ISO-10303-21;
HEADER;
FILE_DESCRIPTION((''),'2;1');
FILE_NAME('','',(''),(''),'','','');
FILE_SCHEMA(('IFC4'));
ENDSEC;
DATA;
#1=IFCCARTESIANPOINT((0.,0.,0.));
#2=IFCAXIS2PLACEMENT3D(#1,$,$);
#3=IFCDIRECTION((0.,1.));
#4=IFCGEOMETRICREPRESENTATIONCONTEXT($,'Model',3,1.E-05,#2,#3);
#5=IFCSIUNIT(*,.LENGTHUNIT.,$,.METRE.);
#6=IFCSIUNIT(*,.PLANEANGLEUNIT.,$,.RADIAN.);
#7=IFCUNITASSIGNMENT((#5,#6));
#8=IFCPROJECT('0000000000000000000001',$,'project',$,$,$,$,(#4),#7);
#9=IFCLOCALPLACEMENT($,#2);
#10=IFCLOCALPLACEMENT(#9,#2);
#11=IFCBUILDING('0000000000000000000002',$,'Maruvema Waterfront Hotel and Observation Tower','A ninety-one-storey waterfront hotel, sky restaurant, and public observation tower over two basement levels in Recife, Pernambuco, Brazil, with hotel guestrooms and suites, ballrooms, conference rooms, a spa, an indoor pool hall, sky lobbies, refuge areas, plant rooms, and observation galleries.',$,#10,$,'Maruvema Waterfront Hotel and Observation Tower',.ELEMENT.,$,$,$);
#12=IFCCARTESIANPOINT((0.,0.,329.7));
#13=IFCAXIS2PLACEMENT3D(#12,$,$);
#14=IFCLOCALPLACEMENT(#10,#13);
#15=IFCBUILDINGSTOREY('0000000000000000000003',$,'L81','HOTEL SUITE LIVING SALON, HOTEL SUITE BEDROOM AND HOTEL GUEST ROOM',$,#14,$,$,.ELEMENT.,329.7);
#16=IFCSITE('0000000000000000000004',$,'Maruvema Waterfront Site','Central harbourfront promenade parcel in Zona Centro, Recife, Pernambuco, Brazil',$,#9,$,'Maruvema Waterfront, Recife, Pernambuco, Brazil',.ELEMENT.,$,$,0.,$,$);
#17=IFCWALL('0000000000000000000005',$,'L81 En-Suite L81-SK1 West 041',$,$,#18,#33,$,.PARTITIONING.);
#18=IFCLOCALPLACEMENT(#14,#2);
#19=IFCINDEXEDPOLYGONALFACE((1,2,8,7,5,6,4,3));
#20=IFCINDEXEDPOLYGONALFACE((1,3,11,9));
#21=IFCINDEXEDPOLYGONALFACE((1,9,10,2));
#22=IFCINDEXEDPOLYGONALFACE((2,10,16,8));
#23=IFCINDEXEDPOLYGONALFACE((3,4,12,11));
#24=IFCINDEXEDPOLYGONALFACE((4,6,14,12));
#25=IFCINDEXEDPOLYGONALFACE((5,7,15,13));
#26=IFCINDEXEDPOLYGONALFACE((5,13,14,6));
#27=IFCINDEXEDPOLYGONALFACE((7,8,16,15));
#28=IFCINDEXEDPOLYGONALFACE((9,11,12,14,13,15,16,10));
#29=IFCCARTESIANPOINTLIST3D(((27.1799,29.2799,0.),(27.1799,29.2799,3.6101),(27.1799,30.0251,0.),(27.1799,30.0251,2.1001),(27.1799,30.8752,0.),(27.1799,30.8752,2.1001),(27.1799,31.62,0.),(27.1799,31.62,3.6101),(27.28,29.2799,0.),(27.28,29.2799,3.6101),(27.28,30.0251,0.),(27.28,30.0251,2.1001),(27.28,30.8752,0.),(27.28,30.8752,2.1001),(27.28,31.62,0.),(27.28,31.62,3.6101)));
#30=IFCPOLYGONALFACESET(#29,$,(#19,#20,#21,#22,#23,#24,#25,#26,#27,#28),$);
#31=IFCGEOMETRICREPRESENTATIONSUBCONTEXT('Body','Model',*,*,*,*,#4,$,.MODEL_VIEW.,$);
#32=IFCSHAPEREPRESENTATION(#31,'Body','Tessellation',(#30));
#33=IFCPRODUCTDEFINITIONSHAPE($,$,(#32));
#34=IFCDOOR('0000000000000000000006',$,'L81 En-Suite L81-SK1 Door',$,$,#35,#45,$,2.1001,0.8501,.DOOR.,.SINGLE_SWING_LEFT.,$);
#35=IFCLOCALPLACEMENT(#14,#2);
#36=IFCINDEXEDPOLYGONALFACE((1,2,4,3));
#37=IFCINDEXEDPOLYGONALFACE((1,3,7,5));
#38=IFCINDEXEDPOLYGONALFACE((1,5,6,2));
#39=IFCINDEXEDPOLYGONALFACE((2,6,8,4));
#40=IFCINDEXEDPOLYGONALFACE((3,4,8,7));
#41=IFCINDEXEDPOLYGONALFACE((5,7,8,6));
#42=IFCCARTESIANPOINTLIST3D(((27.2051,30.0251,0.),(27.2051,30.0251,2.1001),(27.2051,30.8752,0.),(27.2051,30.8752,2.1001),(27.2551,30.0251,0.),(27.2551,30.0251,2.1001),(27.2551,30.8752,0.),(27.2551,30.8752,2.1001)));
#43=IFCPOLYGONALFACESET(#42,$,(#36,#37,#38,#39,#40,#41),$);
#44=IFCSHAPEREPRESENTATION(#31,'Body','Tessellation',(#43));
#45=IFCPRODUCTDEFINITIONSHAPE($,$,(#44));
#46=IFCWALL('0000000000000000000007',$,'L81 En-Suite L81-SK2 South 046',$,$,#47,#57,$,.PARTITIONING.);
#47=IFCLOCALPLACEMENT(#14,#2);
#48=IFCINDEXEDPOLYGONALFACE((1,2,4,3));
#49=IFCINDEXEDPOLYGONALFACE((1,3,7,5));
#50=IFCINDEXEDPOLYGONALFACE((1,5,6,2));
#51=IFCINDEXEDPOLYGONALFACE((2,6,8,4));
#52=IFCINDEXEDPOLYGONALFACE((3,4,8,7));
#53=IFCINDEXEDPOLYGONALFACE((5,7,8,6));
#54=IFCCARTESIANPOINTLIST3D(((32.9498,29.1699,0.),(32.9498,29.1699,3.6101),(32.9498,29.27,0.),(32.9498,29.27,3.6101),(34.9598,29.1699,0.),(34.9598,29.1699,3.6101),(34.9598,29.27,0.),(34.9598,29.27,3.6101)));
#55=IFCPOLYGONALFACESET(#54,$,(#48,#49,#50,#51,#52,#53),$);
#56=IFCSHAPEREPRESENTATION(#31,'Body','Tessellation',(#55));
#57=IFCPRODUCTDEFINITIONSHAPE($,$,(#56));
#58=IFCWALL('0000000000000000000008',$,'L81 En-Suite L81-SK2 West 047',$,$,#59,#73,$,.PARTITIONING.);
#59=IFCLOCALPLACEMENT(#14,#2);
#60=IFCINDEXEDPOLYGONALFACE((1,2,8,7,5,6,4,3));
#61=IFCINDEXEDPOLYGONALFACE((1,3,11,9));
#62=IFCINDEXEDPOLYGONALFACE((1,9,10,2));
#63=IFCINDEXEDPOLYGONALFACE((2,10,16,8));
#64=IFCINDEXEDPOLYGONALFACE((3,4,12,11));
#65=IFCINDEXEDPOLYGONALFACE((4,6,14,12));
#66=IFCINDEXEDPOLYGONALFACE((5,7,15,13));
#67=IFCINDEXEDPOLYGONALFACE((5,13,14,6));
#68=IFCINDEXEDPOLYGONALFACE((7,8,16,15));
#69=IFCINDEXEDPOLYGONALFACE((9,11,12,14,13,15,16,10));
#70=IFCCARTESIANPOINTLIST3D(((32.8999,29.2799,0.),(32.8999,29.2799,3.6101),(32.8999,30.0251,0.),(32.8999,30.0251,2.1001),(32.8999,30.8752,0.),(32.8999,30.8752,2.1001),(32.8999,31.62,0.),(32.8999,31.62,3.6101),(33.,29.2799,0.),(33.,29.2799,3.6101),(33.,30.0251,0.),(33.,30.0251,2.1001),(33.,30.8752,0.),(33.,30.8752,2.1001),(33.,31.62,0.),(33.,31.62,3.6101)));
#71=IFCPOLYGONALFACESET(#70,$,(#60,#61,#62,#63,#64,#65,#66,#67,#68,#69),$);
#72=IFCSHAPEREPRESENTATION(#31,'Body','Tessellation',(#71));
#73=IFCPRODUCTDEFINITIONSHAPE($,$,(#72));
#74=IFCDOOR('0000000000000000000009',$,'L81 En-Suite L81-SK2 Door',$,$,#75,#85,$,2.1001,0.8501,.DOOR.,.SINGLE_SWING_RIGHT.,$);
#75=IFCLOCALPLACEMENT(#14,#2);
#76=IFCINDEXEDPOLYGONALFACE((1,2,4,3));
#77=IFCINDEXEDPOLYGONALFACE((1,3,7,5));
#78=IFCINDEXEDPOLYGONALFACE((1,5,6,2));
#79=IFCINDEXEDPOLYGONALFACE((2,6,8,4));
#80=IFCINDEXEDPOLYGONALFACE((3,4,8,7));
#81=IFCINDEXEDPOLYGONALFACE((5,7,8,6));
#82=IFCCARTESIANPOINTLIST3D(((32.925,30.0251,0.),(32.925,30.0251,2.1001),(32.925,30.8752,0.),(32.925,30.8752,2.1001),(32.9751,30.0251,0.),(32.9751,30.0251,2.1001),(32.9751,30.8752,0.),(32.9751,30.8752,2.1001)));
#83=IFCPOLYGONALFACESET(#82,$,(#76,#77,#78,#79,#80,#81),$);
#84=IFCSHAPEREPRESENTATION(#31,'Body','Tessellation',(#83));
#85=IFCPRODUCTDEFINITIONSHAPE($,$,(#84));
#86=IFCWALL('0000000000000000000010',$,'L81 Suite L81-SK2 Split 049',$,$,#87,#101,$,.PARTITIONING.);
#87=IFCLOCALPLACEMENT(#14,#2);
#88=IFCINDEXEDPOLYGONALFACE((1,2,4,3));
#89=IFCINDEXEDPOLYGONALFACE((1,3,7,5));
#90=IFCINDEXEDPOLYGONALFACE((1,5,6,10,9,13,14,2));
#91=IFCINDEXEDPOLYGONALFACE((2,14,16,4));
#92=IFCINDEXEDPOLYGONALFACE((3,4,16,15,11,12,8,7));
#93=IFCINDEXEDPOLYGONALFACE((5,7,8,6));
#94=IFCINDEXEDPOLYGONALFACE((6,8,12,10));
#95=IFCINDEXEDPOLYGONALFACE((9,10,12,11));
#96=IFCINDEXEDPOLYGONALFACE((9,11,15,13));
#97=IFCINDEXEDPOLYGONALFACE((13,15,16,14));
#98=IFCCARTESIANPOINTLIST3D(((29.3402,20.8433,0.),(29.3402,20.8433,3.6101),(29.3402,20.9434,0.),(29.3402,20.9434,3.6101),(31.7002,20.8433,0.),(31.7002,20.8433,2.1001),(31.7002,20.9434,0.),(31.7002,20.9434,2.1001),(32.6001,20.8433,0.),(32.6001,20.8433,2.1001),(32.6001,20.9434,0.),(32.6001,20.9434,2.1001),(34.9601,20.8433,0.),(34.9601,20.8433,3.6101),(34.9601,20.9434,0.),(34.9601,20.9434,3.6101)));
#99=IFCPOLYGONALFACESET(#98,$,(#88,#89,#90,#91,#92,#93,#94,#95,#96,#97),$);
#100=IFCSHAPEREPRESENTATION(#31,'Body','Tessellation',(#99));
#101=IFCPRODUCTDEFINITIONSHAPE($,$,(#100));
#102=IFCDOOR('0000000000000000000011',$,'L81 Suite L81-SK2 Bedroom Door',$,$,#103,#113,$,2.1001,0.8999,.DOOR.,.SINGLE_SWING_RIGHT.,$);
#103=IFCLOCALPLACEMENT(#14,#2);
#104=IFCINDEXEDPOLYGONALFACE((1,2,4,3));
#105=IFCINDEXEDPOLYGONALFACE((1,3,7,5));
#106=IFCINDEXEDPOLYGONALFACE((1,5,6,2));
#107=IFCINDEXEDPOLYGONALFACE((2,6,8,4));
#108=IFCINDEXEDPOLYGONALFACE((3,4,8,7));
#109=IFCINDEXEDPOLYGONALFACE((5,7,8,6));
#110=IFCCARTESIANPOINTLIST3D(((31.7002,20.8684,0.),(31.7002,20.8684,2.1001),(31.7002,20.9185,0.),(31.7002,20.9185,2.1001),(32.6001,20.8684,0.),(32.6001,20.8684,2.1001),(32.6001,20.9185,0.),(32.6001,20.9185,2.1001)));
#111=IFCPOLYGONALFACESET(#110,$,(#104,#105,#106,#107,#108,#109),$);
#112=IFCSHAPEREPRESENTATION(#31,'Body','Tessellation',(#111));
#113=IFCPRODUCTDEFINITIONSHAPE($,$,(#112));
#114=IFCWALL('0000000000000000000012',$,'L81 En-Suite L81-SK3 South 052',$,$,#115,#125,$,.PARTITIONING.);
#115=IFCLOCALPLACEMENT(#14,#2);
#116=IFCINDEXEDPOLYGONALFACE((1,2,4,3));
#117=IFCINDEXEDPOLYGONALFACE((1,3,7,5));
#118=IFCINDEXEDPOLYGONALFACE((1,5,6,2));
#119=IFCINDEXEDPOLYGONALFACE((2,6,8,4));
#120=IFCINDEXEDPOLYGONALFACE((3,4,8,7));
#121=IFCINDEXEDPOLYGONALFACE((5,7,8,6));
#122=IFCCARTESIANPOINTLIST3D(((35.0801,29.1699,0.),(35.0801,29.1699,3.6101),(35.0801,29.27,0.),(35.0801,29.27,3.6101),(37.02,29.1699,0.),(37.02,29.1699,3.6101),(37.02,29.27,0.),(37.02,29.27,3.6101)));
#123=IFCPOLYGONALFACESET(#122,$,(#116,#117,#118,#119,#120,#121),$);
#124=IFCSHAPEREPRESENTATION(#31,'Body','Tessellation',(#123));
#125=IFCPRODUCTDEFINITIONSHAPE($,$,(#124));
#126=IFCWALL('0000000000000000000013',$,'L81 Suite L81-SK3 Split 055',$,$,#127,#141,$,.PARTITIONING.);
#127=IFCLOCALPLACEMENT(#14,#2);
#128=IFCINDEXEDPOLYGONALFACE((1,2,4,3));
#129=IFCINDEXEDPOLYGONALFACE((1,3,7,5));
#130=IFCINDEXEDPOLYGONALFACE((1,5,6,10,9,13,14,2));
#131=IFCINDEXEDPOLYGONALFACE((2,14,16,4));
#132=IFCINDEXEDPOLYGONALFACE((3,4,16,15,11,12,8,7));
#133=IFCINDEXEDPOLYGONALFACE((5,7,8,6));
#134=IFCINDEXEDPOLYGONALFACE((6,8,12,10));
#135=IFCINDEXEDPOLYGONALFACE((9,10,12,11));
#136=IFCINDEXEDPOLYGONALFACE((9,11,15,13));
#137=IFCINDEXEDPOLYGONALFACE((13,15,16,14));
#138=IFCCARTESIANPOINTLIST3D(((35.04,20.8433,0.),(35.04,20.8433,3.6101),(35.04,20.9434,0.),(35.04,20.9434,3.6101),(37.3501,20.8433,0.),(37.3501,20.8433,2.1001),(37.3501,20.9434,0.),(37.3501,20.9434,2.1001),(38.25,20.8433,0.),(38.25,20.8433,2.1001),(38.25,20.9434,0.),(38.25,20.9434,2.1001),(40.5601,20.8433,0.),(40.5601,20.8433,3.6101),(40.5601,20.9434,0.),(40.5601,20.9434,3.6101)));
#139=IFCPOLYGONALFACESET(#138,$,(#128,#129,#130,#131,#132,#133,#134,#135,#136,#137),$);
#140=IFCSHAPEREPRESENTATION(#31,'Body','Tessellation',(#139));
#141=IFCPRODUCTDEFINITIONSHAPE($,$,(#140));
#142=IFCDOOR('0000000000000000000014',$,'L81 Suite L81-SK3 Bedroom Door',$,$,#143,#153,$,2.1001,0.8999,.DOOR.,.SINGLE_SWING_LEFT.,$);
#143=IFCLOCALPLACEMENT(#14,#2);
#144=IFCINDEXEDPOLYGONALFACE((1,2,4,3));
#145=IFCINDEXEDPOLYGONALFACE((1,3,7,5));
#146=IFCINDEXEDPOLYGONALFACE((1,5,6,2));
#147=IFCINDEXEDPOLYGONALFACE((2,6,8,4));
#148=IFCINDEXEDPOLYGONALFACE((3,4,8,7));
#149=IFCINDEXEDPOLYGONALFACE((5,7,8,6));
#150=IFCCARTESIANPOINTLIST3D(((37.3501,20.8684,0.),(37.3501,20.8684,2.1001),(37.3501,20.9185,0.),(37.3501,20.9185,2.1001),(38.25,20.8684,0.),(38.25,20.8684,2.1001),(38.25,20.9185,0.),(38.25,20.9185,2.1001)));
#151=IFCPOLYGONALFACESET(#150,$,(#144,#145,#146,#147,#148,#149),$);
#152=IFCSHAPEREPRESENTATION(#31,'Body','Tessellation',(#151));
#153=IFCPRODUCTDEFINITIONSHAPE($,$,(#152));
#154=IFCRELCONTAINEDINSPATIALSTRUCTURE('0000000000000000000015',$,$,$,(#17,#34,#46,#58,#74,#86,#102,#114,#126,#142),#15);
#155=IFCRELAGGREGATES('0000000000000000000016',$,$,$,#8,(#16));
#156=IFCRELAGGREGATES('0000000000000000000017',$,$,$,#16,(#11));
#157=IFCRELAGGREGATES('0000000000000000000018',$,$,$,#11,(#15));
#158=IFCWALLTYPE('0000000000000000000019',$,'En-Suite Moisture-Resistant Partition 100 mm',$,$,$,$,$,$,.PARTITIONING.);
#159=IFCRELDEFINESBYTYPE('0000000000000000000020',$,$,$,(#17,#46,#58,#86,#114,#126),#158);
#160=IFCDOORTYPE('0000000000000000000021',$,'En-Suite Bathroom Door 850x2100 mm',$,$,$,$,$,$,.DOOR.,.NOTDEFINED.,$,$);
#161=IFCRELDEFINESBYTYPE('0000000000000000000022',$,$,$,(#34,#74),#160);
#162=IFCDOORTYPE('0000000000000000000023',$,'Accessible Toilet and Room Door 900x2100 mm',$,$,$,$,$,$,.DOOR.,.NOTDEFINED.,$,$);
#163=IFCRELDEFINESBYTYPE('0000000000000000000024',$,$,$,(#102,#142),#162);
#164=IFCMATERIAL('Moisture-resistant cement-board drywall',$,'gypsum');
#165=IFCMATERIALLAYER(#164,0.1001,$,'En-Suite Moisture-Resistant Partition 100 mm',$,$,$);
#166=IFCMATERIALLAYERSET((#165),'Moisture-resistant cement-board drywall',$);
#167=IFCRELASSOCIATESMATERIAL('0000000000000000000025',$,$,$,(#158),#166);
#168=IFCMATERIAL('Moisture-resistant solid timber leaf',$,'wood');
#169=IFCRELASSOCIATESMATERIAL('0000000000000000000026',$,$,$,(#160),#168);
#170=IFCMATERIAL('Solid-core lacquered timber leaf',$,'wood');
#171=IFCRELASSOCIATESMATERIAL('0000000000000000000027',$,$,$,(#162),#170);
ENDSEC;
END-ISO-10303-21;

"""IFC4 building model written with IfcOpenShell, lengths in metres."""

from ifc_helpers import new_model, si_unit, direction, frame, frame_2d, origin, place, context, subcontext, project, spatial, rectangle, extrude, material, layer, layer_set, type_object, element, fill, save


model = new_model("IFC4")

# Units and contexts
model_context = context("Model", 3, precision=1e-05, world=origin(), true_north=direction((0.0, 1.0)))
body_context = subcontext(model_context, "Body", "Model", "MODEL_VIEW")
ifc_project = project(units=[si_unit("LENGTHUNIT", "METRE"), si_unit("PLANEANGLEUNIT", "RADIAN")], contexts=[model_context])

# Site, building, storey
site_placement = place(None, origin())
site = spatial("IfcSite", under=ifc_project, at=site_placement, Name="Maruvema Waterfront Site", Description="Central harbourfront promenade parcel in Zona Centro, Recife, Pernambuco, Brazil", LongName="Maruvema Waterfront, Recife, Pernambuco, Brazil", CompositionType="ELEMENT", RefElevation=0.0)
building_placement = place(site_placement, origin())
building = spatial("IfcBuilding", under=site, at=building_placement, Name="Maruvema Waterfront Hotel and Observation Tower", Description="A ninety-one-storey waterfront hotel, sky restaurant, and public observation tower over two basement levels in Recife, Pernambuco, Brazil, with hotel guestrooms and suites, ballrooms, conference rooms, a spa, an indoor pool hall, sky lobbies, refuge areas, plant rooms, and observation galleries.", LongName="Maruvema Waterfront Hotel and Observation Tower", CompositionType="ELEMENT")
storey_placement = place(building_placement, frame((0.0, 0.0, 329.7)))
storey = spatial("IfcBuildingStorey", under=building, at=storey_placement, Name="L81", Description="HOTEL SUITE LIVING SALON, HOTEL SUITE BEDROOM AND HOTEL GUEST ROOM", CompositionType="ELEMENT", Elevation=329.7)

# Shared definitions
ifc_material_1 = material(Name="Moisture-resistant cement-board drywall", Category="gypsum")
ifc_layer_1 = layer(ifc_material_1, 0.1001, Name="En-Suite Moisture-Resistant Partition 100 mm")
ifc_layer_set_1 = layer_set([ifc_layer_1], Name="Moisture-resistant cement-board drywall")
wall_type_1 = type_object("IfcWallType", Name="En-Suite Moisture-Resistant Partition 100 mm", PredefinedType="PARTITIONING", material=ifc_layer_set_1)

# Wall, opening, door
wall_1_placement = place(storey_placement, frame((27.23, 29.28, 0.0), z_axis=(0.0, 0.0, 1.0), x_axis=(0.0, 1.0, 0.0)))
wall_1 = element("IfcWall", 1, at=wall_1_placement, inside=storey, type_object=wall_type_1, Name="L81 En-Suite L81-SK1 West 041", PredefinedType="PARTITIONING", context=body_context, shape_type="SweptSolid", body=[
    extrude(rectangle(XDim=2.3401, YDim=0.1001, at=frame_2d((1.1699, 0.0))), origin(), (0.0, 0.0, 1.0), 3.6101),
])
opening_1_placement = place(wall_1_placement, frame((0.7451, 0.0, 0.0)))
opening_1 = element("IfcOpeningElement", 2, at=opening_1_placement, cuts=wall_1, PredefinedType="OPENING", context=body_context, shape_type="SweptSolid", body=[
    extrude(rectangle(XDim=0.8501, YDim=2.1001, at=frame_2d((0.425, 1.05))), frame((0.0, 0.0601, 0.0), z_axis=(0.0, -1.0, 0.0), x_axis=(1.0, 0.0, 0.0)), (0.0, 0.0, 1.0), 0.1201),
])
ifc_material_2 = material(Name="Moisture-resistant solid timber leaf", Category="wood")
door_type_1 = type_object("IfcDoorType", Name="En-Suite Bathroom Door 850x2100 mm", OperationType="NOTDEFINED", PredefinedType="DOOR", material=ifc_material_2)
door_1_placement = place(opening_1_placement, origin())
door_1 = element("IfcDoor", 3, at=door_1_placement, inside=storey, type_object=door_type_1, Name="L81 En-Suite L81-SK1 Door", OperationType="SINGLE_SWING_LEFT", OverallHeight=2.1001, OverallWidth=0.8501, PredefinedType="DOOR", context=body_context, shape_type="SweptSolid", body=[
    extrude(rectangle(XDim=0.8501, YDim=2.1001, at=frame_2d((0.425, 1.05))), frame((0.0, 0.0249, 0.0), z_axis=(0.0, -1.0, 0.0), x_axis=(1.0, 0.0, 0.0)), (0.0, 0.0, 1.0), 0.05),
])
fill(opening_1, door_1)

# Wall
wall_2_placement = place(storey_placement, frame((32.95, 29.22, 0.0), z_axis=(0.0, 0.0, 1.0), x_axis=(1.0, 0.0, 0.0)))
element("IfcWall", 4, at=wall_2_placement, inside=storey, type_object=wall_type_1, Name="L81 En-Suite L81-SK2 South 046", PredefinedType="PARTITIONING", context=body_context, shape_type="SweptSolid", body=[
    extrude(rectangle(XDim=2.01, YDim=0.1001, at=frame_2d((1.0049, 0.0))), origin(), (0.0, 0.0, 1.0), 3.6101),
])

# Walls, openings, doors
wall_3_placement = place(storey_placement, frame((32.95, 29.28, 0.0), z_axis=(0.0, 0.0, 1.0), x_axis=(0.0, 1.0, 0.0)))
wall_3 = element("IfcWall", 5, at=wall_3_placement, inside=storey, type_object=wall_type_1, Name="L81 En-Suite L81-SK2 West 047", PredefinedType="PARTITIONING", context=body_context, shape_type="SweptSolid", body=[
    extrude(rectangle(XDim=2.3401, YDim=0.1001, at=frame_2d((1.1699, 0.0))), origin(), (0.0, 0.0, 1.0), 3.6101),
])
opening_2_placement = place(wall_3_placement, frame((0.7451, 0.0, 0.0)))
opening_2 = element("IfcOpeningElement", 6, at=opening_2_placement, cuts=wall_3, PredefinedType="OPENING", context=body_context, shape_type="SweptSolid", body=[
    extrude(rectangle(XDim=0.8501, YDim=2.1001, at=frame_2d((0.425, 1.05))), frame((0.0, 0.0601, 0.0), z_axis=(0.0, -1.0, 0.0), x_axis=(1.0, 0.0, 0.0)), (0.0, 0.0, 1.0), 0.1201),
])
door_2_placement = place(opening_2_placement, origin())
door_2 = element("IfcDoor", 7, at=door_2_placement, inside=storey, type_object=door_type_1, Name="L81 En-Suite L81-SK2 Door", OperationType="SINGLE_SWING_RIGHT", OverallHeight=2.1001, OverallWidth=0.8501, PredefinedType="DOOR", context=body_context, shape_type="SweptSolid", body=[
    extrude(rectangle(XDim=0.8501, YDim=2.1001, at=frame_2d((0.425, 1.05))), frame((0.0, 0.0249, 0.0), z_axis=(0.0, -1.0, 0.0), x_axis=(1.0, 0.0, 0.0)), (0.0, 0.0, 1.0), 0.05),
])
fill(opening_2, door_2)
wall_4_placement = place(storey_placement, frame((29.3401, 20.8933, 0.0), z_axis=(0.0, 0.0, 1.0), x_axis=(1.0, 0.0, 0.0)))
wall_4 = element("IfcWall", 8, at=wall_4_placement, inside=storey, type_object=wall_type_1, Name="L81 Suite L81-SK2 Split 049", PredefinedType="PARTITIONING", context=body_context, shape_type="SweptSolid", body=[
    extrude(rectangle(XDim=5.6199, YDim=0.1001, at=frame_2d((2.8101, 0.0))), origin(), (0.0, 0.0, 1.0), 3.6101),
])
opening_3_placement = place(wall_4_placement, frame((2.3601, 0.0, 0.0)))
opening_3 = element("IfcOpeningElement", 9, at=opening_3_placement, cuts=wall_4, PredefinedType="OPENING", context=body_context, shape_type="SweptSolid", body=[
    extrude(rectangle(XDim=0.8999, YDim=2.1001, at=frame_2d((0.45, 1.05))), frame((0.0, 0.0601, 0.0), z_axis=(0.0, -1.0, 0.0), x_axis=(1.0, 0.0, 0.0)), (0.0, 0.0, 1.0), 0.1201),
])
ifc_material_3 = material(Name="Solid-core lacquered timber leaf", Category="wood")
door_type_2 = type_object("IfcDoorType", Name="Accessible Toilet and Room Door 900x2100 mm", OperationType="NOTDEFINED", PredefinedType="DOOR", material=ifc_material_3)
door_3_placement = place(opening_3_placement, frame((0.8999, 0.0, 0.0), z_axis=(0.0, 0.0, 1.0), x_axis=(-1.0, 0.0, 0.0)))
door_3 = element("IfcDoor", 10, at=door_3_placement, inside=storey, type_object=door_type_2, Name="L81 Suite L81-SK2 Bedroom Door", OperationType="SINGLE_SWING_RIGHT", OverallHeight=2.1001, OverallWidth=0.8999, PredefinedType="DOOR", context=body_context, shape_type="SweptSolid", body=[
    extrude(rectangle(XDim=0.8999, YDim=2.1001, at=frame_2d((0.45, 1.05))), frame((0.0, 0.0249, 0.0), z_axis=(0.0, -1.0, 0.0), x_axis=(1.0, 0.0, 0.0)), (0.0, 0.0, 1.0), 0.05),
])
fill(opening_3, door_3)

# Wall
wall_5_placement = place(storey_placement, frame((35.0801, 29.22, 0.0), z_axis=(0.0, 0.0, 1.0), x_axis=(1.0, 0.0, 0.0)))
element("IfcWall", 11, at=wall_5_placement, inside=storey, type_object=wall_type_1, Name="L81 En-Suite L81-SK3 South 052", PredefinedType="PARTITIONING", context=body_context, shape_type="SweptSolid", body=[
    extrude(rectangle(XDim=1.9399, YDim=0.1001, at=frame_2d((0.97, 0.0))), origin(), (0.0, 0.0, 1.0), 3.6101),
])

# Wall, opening, door
wall_6_placement = place(storey_placement, frame((35.04, 20.8933, 0.0), z_axis=(0.0, 0.0, 1.0), x_axis=(1.0, 0.0, 0.0)))
wall_6 = element("IfcWall", 12, at=wall_6_placement, inside=storey, type_object=wall_type_1, Name="L81 Suite L81-SK3 Split 055", PredefinedType="PARTITIONING", context=body_context, shape_type="SweptSolid", body=[
    extrude(rectangle(XDim=5.52, YDim=0.1001, at=frame_2d((2.76, 0.0))), origin(), (0.0, 0.0, 1.0), 3.6101),
])
opening_4_placement = place(wall_6_placement, frame((2.3101, 0.0, 0.0)))
opening_4 = element("IfcOpeningElement", 13, at=opening_4_placement, cuts=wall_6, PredefinedType="OPENING", context=body_context, shape_type="SweptSolid", body=[
    extrude(rectangle(XDim=0.8999, YDim=2.1001, at=frame_2d((0.45, 1.05))), frame((0.0, 0.0601, 0.0), z_axis=(0.0, -1.0, 0.0), x_axis=(1.0, 0.0, 0.0)), (0.0, 0.0, 1.0), 0.1201),
])
door_4_placement = place(opening_4_placement, frame((0.8999, 0.0, 0.0), z_axis=(0.0, 0.0, 1.0), x_axis=(-1.0, 0.0, 0.0)))
door_4 = element("IfcDoor", 14, at=door_4_placement, inside=storey, type_object=door_type_2, Name="L81 Suite L81-SK3 Bedroom Door", OperationType="SINGLE_SWING_LEFT", OverallHeight=2.1001, OverallWidth=0.8999, PredefinedType="DOOR", context=body_context, shape_type="SweptSolid", body=[
    extrude(rectangle(XDim=0.8999, YDim=2.1001, at=frame_2d((0.45, 1.05))), frame((0.0, 0.0249, 0.0), z_axis=(0.0, -1.0, 0.0), x_axis=(1.0, 0.0, 0.0)), (0.0, 0.0, 1.0), 0.05),
])
fill(opening_4, door_4)

save(model, "model.ifc")
